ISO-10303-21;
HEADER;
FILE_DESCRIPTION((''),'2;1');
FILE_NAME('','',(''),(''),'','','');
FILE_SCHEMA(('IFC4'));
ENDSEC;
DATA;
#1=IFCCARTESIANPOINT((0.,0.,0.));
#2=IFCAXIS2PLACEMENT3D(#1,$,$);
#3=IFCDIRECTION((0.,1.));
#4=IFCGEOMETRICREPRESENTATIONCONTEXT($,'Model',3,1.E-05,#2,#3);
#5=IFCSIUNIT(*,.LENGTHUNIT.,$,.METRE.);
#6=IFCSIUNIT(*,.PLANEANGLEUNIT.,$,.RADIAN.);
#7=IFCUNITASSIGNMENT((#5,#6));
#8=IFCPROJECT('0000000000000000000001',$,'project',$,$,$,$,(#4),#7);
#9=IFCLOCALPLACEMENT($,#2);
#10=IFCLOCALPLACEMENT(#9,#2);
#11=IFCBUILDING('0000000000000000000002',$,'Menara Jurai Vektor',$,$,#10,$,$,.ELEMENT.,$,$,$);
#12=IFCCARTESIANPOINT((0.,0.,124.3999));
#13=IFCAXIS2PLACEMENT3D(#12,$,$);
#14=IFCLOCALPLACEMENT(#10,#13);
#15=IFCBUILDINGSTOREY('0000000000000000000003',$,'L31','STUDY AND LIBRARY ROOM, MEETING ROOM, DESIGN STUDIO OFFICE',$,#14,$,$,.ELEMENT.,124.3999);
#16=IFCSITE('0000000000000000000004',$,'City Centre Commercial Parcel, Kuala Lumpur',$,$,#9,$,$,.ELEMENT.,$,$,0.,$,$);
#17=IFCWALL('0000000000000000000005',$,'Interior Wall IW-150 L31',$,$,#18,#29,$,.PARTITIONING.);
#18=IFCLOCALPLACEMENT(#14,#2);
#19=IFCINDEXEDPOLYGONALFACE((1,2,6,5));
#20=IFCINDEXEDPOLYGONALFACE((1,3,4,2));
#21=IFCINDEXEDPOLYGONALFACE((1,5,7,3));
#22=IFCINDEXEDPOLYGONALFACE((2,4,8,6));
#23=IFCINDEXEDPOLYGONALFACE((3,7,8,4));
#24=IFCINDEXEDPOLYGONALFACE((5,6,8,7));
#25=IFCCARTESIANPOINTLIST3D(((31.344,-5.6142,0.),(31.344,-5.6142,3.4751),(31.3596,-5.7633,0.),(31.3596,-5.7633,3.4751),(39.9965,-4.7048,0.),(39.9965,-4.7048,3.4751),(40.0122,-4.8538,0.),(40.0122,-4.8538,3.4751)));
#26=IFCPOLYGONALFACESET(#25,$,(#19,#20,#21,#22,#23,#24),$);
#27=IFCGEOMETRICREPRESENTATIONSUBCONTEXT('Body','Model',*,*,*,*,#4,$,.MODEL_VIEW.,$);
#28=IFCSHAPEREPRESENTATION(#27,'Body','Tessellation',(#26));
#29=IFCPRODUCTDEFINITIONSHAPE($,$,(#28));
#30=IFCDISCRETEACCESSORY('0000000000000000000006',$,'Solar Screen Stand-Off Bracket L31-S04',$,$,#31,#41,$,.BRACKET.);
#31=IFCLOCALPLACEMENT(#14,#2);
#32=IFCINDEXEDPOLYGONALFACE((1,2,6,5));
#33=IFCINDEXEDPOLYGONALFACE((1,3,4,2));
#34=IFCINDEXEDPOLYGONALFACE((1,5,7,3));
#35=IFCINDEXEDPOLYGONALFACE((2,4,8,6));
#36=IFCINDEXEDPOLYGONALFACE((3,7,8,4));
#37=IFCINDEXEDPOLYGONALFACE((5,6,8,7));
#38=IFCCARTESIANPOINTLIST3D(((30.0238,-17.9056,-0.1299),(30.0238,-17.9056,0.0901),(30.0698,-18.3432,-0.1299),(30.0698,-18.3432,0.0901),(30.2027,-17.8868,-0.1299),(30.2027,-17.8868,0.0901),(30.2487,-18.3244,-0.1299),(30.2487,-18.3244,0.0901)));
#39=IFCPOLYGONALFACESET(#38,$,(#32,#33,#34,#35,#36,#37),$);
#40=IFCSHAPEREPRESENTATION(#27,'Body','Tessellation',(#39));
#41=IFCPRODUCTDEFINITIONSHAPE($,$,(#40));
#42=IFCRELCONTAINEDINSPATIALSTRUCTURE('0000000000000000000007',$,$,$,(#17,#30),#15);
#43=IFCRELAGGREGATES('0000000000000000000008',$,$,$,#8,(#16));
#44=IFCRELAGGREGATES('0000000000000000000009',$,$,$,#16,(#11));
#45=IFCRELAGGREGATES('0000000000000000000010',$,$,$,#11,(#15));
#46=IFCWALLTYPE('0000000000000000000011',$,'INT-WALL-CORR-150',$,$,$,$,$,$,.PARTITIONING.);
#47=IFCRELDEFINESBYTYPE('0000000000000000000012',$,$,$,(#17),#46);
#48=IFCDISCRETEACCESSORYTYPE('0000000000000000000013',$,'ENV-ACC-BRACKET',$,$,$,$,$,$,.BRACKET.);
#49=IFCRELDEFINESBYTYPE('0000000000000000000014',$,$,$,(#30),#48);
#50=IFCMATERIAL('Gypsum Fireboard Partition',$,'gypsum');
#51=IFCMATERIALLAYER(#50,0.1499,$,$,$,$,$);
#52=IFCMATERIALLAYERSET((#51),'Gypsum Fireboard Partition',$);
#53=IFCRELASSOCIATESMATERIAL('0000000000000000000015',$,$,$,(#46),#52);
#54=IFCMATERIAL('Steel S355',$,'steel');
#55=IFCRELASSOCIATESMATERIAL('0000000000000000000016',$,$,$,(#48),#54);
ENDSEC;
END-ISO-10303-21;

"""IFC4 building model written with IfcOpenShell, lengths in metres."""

from ifc_helpers import new_model, si_unit, direction, frame, frame_2d, origin, origin_2d, place, context, subcontext, project, spatial, rectangle, extrude, material, layer, layer_set, type_object, element, save


model = new_model("IFC4")

# Units and contexts
model_context = context("Model", 3, precision=1e-05, world=origin(), true_north=direction((0.0, 1.0)))
body_context = subcontext(model_context, "Body", "Model", "MODEL_VIEW")
ifc_project = project(units=[si_unit("LENGTHUNIT", "METRE"), si_unit("PLANEANGLEUNIT", "RADIAN")], contexts=[model_context])

# Site, building, storey
site_placement = place(None, origin())
site = spatial("IfcSite", under=ifc_project, at=site_placement, Name="City Centre Commercial Parcel, Kuala Lumpur", CompositionType="ELEMENT", RefElevation=0.0)
building_placement = place(site_placement, origin())
building = spatial("IfcBuilding", under=site, at=building_placement, Name="Menara Jurai Vektor", CompositionType="ELEMENT")
storey_placement = place(building_placement, frame((0.0, 0.0, 124.3999)))
storey = spatial("IfcBuildingStorey", under=building, at=storey_placement, Name="L31", Description="STUDY AND LIBRARY ROOM, MEETING ROOM, DESIGN STUDIO OFFICE", CompositionType="ELEMENT", Elevation=124.3999)

# Shared definitions
ifc_material_1 = material(Name="Steel S355", Category="steel")

# Shared definitions
ifc_material_2 = material(Name="Gypsum Fireboard Partition", Category="gypsum")
ifc_layer_1 = layer(ifc_material_2, 0.1499)
ifc_layer_set_1 = layer_set([ifc_layer_1], Name="Gypsum Fireboard Partition")
wall_type = type_object("IfcWallType", Name="INT-WALL-CORR-150", PredefinedType="PARTITIONING", material=ifc_layer_set_1)

# Wall
wall_1_placement = place(storey_placement, frame((31.3518, -5.6887, 0.0), z_axis=(0.0, 0.0, 1.0), x_axis=(0.994522, 0.104528, 0.0)))
element("IfcWall", 1, at=wall_1_placement, inside=storey, type_object=wall_type, Name="Interior Wall IW-150 L31", PredefinedType="PARTITIONING", context=body_context, shape_type="SweptSolid", body=[
    extrude(rectangle(XDim=8.7002, YDim=0.1499, at=frame_2d((4.3501, 0.0))), origin(), (0.0, 0.0, 1.0), 3.4751),
])

# Discrete accessory
discrete_accessory_type = type_object("IfcDiscreteAccessoryType", Name="ENV-ACC-BRACKET", PredefinedType="BRACKET", material=ifc_material_1)
discrete_accessory_placement = place(storey_placement, frame((30.1362, -18.115, -0.1299), z_axis=(0.0, 0.0, 1.0), x_axis=(0.994522, 0.104528, 0.0)))
element("IfcDiscreteAccessory", 2, at=discrete_accessory_placement, inside=storey, type_object=discrete_accessory_type, Name="Solar Screen Stand-Off Bracket L31-S04", PredefinedType="BRACKET", context=body_context, shape_type="SweptSolid", body=[
    extrude(rectangle(XDim=0.1799, YDim=0.4399, at=origin_2d()), origin(), (0.0, 0.0, 1.0), 0.22),
])

save(model, "model.ifc")
